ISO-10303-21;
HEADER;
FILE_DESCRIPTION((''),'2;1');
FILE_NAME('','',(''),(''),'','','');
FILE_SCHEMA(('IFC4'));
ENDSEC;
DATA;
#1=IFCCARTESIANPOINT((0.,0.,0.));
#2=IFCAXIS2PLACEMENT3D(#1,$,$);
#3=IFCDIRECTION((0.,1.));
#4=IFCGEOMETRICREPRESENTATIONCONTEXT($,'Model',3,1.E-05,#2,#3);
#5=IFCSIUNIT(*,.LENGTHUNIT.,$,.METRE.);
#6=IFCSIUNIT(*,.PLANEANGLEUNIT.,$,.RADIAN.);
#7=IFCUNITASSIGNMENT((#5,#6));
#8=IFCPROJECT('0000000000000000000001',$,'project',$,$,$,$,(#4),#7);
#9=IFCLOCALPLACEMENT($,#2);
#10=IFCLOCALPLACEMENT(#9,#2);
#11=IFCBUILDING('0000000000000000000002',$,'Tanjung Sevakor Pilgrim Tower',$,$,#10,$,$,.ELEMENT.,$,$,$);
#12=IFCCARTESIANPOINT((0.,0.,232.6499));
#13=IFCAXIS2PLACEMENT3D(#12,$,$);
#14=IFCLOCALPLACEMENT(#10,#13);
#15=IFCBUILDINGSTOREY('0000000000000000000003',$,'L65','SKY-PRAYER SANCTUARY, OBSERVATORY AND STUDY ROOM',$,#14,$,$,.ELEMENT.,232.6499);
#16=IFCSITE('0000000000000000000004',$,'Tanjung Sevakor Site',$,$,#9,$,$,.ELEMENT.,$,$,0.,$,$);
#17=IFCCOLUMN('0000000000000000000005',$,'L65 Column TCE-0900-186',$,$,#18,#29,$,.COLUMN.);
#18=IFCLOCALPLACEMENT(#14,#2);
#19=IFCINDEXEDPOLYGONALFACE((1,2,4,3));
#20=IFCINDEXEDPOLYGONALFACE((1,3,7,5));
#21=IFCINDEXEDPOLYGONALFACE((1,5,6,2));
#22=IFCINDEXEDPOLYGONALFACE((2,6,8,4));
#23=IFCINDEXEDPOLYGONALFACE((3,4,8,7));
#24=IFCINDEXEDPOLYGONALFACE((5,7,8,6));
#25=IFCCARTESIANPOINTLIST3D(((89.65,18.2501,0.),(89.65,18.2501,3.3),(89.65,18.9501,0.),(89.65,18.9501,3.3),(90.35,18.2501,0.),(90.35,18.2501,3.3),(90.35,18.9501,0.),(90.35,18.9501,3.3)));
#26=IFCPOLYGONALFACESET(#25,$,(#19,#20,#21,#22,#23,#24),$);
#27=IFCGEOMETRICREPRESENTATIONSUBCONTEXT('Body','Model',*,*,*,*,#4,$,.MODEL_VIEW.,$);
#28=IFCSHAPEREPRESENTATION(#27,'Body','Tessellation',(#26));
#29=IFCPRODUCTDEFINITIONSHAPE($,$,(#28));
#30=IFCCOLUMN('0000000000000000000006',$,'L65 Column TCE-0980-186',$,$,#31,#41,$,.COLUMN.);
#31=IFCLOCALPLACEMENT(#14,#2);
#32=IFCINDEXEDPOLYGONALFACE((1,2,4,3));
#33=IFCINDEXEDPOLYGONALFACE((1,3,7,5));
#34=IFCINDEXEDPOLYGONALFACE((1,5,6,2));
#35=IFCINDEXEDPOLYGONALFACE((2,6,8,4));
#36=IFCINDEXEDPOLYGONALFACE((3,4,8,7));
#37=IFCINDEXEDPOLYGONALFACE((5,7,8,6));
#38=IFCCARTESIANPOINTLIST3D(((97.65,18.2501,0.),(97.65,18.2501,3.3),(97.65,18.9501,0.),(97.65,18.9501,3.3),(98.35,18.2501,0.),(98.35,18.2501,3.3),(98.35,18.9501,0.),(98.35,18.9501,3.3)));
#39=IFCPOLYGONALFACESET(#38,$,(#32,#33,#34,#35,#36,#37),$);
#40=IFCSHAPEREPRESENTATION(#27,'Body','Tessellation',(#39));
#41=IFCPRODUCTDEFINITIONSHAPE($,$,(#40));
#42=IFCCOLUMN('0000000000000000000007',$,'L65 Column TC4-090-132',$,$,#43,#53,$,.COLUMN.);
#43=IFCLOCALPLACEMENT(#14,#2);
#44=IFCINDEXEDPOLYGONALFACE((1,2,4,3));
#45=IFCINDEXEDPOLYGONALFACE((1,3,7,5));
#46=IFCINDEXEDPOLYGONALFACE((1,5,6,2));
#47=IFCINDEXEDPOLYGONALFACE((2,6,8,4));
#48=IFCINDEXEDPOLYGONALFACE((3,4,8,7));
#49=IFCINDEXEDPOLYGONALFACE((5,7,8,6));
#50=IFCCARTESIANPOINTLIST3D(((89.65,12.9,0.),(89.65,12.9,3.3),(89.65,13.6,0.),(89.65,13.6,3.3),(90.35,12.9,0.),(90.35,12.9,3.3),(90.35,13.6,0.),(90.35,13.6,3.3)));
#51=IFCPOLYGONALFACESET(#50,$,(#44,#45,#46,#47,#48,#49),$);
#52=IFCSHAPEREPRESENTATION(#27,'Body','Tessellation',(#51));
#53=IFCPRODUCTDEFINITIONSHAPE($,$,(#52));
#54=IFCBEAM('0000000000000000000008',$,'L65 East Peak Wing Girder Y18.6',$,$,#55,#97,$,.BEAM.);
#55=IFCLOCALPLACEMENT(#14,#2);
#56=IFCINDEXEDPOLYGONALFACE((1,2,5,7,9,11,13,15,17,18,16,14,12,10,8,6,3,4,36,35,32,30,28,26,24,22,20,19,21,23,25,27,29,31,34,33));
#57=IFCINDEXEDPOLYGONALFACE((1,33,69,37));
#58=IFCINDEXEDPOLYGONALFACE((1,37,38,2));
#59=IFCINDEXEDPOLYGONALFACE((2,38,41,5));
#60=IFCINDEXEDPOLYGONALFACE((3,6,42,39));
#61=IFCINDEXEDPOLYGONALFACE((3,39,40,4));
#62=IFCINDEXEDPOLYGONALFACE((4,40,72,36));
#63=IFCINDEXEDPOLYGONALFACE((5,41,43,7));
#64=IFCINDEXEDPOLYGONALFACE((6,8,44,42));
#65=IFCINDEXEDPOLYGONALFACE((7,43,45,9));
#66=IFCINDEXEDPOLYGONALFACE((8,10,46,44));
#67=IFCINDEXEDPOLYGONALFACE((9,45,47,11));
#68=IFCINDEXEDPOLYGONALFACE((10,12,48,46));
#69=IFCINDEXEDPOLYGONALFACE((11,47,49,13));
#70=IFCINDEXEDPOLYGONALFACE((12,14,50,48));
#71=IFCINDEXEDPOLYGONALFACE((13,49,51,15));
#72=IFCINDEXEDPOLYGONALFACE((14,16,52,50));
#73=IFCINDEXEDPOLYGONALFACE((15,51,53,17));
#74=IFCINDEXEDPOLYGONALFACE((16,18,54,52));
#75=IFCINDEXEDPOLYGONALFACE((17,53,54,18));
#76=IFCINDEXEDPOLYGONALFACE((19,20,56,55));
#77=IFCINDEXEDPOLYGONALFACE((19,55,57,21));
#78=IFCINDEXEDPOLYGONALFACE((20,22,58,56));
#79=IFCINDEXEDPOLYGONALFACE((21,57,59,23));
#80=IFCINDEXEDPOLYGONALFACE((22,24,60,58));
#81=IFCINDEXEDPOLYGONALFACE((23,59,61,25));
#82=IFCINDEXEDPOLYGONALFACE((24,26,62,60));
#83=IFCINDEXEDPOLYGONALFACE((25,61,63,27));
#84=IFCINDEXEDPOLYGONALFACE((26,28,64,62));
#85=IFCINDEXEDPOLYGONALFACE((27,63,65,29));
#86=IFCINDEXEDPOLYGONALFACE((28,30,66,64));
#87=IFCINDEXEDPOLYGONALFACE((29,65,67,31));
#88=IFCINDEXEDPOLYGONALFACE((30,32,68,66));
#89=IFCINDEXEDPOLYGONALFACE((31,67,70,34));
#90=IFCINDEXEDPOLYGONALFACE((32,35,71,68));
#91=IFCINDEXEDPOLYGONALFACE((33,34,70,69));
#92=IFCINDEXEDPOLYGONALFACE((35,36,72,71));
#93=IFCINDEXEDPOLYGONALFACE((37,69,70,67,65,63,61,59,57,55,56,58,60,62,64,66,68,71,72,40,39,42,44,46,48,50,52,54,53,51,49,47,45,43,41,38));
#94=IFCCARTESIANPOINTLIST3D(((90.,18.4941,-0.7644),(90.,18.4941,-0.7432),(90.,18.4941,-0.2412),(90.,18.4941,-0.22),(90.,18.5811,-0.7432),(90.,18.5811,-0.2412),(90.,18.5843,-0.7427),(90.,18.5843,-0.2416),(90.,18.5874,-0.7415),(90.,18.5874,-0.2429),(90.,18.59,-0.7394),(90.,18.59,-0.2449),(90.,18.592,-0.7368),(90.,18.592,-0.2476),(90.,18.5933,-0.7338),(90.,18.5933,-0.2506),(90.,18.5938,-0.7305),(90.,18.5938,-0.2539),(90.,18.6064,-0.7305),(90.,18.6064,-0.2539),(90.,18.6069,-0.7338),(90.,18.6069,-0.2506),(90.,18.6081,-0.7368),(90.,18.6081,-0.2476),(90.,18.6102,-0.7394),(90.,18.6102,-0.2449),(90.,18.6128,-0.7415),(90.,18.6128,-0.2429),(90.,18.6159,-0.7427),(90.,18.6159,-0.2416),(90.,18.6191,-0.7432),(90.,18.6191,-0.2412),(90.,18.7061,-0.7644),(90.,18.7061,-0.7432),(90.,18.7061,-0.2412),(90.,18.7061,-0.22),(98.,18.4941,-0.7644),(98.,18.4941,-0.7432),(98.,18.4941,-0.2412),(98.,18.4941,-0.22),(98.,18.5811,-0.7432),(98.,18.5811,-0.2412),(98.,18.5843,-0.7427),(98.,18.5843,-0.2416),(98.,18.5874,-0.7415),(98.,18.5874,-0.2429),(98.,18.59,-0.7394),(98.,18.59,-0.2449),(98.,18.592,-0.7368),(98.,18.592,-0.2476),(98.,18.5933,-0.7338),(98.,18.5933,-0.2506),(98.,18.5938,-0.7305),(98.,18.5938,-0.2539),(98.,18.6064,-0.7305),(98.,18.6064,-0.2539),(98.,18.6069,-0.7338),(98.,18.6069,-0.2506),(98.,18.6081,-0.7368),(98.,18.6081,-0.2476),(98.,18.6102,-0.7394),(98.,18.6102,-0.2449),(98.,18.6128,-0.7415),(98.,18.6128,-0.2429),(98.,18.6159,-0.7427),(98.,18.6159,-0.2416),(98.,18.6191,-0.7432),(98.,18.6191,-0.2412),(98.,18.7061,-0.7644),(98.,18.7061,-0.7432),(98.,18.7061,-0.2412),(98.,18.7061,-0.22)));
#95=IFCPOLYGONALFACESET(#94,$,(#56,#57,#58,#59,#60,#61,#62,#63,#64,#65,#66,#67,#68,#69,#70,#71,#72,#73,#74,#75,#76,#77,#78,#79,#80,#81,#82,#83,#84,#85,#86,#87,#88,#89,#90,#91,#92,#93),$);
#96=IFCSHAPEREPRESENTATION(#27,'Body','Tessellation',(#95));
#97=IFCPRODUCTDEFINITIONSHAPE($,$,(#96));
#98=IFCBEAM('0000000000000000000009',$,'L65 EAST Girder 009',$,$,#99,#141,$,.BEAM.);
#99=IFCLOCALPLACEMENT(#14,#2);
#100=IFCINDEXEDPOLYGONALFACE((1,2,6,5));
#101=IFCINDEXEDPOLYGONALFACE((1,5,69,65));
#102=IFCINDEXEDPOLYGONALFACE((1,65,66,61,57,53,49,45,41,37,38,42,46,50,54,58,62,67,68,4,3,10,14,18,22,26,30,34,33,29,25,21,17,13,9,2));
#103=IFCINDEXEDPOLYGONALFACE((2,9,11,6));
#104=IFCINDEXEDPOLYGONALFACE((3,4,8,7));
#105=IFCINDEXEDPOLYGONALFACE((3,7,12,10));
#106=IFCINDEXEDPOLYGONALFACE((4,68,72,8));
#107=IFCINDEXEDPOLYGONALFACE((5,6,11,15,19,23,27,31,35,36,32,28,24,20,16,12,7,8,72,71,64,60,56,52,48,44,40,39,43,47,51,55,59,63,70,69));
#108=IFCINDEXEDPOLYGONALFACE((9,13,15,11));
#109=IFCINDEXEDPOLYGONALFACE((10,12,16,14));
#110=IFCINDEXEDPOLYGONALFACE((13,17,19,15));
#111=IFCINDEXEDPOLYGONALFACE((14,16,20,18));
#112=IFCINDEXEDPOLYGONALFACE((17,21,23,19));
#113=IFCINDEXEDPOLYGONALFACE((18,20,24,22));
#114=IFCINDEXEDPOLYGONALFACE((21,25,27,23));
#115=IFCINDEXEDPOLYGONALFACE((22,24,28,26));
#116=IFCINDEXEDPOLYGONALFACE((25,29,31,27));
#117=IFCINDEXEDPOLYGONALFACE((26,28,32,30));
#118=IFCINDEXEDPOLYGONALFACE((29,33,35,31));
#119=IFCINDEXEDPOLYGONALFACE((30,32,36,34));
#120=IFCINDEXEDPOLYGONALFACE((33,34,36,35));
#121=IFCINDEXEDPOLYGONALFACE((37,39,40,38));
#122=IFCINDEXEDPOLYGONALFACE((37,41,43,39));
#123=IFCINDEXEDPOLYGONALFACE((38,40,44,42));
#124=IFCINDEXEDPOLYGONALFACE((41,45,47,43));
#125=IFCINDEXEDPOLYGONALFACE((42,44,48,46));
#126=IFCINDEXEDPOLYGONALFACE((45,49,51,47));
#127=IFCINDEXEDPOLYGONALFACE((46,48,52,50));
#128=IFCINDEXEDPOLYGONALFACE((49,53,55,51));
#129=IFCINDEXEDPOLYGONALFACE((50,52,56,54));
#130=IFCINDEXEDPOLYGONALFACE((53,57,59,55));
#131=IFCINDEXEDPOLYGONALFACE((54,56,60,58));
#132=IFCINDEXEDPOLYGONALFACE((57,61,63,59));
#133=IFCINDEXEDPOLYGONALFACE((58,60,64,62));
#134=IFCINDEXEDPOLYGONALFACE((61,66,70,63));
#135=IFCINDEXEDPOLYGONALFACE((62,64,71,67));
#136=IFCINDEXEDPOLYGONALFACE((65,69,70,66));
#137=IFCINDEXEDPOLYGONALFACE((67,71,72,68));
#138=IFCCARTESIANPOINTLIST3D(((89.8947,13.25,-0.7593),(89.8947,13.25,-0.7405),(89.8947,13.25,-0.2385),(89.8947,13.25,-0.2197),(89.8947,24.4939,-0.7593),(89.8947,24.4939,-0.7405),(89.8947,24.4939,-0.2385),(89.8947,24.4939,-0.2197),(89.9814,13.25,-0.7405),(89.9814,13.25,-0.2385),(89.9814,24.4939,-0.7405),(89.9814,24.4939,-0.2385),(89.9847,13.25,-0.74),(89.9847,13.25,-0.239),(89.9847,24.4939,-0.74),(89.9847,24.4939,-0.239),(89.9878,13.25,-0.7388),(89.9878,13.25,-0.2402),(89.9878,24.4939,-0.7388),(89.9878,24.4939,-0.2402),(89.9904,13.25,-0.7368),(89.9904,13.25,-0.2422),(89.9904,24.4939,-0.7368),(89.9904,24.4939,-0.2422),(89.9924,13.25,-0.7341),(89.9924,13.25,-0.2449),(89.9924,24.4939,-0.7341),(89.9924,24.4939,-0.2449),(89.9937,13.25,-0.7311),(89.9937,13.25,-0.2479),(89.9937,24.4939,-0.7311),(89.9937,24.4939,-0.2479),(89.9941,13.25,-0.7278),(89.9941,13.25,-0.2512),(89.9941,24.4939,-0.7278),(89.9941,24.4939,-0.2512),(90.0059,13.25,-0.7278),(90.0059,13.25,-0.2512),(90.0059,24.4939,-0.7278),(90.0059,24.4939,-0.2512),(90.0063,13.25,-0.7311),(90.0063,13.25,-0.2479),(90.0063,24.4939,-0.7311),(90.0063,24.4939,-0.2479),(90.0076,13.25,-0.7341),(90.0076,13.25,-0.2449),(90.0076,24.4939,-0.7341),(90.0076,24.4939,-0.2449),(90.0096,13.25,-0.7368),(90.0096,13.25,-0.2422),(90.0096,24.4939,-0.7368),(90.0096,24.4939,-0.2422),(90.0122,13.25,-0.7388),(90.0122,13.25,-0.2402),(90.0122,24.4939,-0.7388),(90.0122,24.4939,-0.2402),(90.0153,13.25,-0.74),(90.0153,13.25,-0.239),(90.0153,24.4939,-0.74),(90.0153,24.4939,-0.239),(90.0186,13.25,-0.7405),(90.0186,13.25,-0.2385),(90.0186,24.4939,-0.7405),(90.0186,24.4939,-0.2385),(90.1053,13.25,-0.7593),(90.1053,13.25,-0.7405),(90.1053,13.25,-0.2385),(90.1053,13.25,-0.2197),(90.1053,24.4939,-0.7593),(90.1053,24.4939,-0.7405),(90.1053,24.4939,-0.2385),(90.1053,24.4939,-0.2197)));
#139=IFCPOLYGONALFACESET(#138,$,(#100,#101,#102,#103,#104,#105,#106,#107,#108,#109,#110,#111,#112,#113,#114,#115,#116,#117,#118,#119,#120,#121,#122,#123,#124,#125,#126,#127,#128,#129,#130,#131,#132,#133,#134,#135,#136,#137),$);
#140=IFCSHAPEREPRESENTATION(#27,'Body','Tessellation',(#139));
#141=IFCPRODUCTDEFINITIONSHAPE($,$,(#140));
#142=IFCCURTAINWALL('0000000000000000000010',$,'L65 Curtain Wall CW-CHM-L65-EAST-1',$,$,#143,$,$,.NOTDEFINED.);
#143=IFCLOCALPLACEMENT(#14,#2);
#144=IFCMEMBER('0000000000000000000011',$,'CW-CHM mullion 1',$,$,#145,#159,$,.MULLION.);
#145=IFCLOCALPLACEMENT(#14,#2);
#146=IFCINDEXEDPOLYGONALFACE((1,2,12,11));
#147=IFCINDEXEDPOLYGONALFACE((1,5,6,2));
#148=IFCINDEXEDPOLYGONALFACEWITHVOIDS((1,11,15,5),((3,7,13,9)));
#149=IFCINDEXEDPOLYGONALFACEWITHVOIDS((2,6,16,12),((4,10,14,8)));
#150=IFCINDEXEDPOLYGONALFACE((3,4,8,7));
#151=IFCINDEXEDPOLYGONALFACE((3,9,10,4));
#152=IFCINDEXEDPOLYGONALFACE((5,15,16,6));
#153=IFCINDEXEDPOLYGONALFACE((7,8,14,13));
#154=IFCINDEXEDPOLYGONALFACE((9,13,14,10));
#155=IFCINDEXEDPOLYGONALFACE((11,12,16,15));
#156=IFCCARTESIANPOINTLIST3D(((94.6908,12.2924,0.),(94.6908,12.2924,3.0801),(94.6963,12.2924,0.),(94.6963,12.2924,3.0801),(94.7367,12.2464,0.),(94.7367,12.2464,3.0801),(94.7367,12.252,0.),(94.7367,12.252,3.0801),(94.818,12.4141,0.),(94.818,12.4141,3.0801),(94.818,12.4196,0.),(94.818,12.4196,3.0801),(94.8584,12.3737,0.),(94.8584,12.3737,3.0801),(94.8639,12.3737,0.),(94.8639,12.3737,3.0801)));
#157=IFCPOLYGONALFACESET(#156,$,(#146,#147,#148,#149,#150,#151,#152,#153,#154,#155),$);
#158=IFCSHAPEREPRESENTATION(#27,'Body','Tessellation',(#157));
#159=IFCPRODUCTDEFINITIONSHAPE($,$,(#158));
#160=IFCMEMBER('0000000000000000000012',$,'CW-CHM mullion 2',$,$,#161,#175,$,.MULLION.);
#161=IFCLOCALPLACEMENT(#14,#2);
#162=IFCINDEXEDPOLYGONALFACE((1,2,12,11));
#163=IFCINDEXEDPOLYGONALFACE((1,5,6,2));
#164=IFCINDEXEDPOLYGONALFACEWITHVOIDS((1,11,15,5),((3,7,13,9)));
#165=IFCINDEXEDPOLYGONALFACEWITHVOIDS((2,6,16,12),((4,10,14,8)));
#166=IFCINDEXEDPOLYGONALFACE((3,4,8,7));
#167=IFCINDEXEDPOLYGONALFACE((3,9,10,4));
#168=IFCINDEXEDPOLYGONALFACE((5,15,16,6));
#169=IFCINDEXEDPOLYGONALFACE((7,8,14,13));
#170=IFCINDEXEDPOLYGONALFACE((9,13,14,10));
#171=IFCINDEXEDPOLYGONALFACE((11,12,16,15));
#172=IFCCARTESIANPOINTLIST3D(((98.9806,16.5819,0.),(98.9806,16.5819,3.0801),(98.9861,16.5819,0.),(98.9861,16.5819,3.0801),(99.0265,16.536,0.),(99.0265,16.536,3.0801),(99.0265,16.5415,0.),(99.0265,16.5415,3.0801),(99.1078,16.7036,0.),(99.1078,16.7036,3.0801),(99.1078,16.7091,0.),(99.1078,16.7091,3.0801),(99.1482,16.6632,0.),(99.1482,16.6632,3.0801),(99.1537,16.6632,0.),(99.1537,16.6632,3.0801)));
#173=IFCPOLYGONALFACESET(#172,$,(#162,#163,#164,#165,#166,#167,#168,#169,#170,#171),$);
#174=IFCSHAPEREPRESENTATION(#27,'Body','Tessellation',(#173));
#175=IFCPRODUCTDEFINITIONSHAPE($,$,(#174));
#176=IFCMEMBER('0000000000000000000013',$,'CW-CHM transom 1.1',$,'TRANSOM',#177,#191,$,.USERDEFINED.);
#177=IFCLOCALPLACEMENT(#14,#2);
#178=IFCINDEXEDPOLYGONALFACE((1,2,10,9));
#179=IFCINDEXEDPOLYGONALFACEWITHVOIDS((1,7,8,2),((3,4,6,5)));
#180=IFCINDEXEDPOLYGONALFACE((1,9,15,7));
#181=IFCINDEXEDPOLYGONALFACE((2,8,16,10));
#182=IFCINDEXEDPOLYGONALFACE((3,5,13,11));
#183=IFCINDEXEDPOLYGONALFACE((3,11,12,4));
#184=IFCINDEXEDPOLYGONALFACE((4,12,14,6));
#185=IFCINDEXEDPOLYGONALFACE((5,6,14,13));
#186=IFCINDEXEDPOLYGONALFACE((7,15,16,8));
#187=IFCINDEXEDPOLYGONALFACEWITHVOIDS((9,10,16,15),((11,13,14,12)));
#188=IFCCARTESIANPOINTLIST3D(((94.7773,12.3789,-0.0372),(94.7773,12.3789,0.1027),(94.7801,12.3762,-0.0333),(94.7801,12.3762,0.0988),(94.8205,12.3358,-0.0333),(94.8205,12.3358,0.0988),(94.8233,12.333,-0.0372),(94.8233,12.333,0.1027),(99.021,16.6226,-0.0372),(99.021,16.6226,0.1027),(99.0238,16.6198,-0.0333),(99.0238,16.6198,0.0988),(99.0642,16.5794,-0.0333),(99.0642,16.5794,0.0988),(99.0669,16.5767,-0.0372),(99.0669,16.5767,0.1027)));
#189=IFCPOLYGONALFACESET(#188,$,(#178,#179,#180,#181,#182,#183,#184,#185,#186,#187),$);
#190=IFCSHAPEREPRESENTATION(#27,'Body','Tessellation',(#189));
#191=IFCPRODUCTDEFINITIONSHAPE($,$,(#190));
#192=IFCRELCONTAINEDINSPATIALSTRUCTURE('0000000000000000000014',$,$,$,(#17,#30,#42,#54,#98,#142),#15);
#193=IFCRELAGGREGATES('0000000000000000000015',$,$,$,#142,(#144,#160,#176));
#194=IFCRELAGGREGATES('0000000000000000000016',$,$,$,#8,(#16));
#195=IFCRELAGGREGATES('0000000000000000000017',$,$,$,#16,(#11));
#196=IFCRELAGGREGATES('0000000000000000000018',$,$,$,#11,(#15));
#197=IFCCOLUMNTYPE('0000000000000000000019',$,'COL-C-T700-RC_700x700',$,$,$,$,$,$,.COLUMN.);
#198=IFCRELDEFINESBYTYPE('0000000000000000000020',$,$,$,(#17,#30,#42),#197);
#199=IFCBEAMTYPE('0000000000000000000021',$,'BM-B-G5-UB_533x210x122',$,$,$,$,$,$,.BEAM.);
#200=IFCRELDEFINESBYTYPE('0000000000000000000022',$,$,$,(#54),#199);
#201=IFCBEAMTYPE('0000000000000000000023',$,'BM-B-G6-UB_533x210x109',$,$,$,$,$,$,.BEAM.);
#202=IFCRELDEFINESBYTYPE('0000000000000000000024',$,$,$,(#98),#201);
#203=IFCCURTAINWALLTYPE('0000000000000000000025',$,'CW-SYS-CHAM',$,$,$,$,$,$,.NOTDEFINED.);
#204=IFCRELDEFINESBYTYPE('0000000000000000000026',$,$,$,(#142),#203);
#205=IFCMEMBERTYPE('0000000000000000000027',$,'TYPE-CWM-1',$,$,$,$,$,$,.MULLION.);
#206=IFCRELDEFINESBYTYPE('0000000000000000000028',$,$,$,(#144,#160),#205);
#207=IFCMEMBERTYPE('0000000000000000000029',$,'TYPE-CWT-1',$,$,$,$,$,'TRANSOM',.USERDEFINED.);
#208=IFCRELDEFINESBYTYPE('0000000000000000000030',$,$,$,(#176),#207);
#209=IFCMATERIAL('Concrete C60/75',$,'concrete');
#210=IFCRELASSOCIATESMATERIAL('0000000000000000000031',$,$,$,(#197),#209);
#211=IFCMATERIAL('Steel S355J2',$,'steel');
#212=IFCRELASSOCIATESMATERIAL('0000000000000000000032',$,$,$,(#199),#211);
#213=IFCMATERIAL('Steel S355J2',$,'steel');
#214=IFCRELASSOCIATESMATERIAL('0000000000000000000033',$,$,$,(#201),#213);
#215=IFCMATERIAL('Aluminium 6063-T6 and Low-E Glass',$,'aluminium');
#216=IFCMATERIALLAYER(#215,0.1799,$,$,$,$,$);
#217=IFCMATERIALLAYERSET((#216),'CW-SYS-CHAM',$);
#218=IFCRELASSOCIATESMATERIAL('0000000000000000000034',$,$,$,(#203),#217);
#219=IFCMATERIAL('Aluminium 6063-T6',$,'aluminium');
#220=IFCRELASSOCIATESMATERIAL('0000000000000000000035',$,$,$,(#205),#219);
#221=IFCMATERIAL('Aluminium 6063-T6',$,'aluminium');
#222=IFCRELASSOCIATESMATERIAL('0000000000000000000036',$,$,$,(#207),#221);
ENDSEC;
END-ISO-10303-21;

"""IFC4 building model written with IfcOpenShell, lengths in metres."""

from ifc_helpers import new_model, si_unit, direction, frame, origin, origin_2d, place, context, subcontext, project, spatial, rectangle, hollow_rectangle, i_section, extrude, material, layer, layer_set, material_profile, profile_set, type_object, element, aggregate, save


model = new_model("IFC4")

# Units and contexts
model_context = context("Model", 3, precision=1e-05, world=origin(), true_north=direction((0.0, 1.0)))
body_context = subcontext(model_context, "Body", "Model", "MODEL_VIEW")
ifc_project = project(units=[si_unit("LENGTHUNIT", "METRE"), si_unit("PLANEANGLEUNIT", "RADIAN")], contexts=[model_context])

# Site, building, storey
site_placement = place(None, origin())
site = spatial("IfcSite", under=ifc_project, at=site_placement, Name="Tanjung Sevakor Site", CompositionType="ELEMENT", RefElevation=0.0)
building_placement = place(site_placement, origin())
building = spatial("IfcBuilding", under=site, at=building_placement, Name="Tanjung Sevakor Pilgrim Tower", CompositionType="ELEMENT")
storey_placement = place(building_placement, frame((0.0, 0.0, 232.6499)))
storey = spatial("IfcBuildingStorey", under=building, at=storey_placement, Name="L65", Description="SKY-PRAYER SANCTUARY, OBSERVATORY AND STUDY ROOM", CompositionType="ELEMENT", Elevation=232.6499)

# Columns
ifc_material_1 = material(Name="Concrete C60/75", Category="concrete")
ifc_material_profile_1 = material_profile(ifc_material_1, rectangle(XDim=0.7, YDim=0.7, at=origin_2d()))
ifc_profile_set_1 = profile_set([ifc_material_profile_1], Name="Concrete C60/75")
column_type = type_object("IfcColumnType", Name="COL-C-T700-RC_700x700", PredefinedType="COLUMN", material=ifc_profile_set_1)
for number, where, z_axis, x_axis, name in (
    (1, (90.0, 18.6001, 0.0), (0.0, 0.0, 1.0), (1.0, 0.0, 0.0), "L65 Column TCE-0900-186"),
    (2, (98.0, 18.6001, 0.0), (0.0, 0.0, 1.0), (1.0, 0.0, 0.0), "L65 Column TCE-0980-186"),
    (3, (90.0, 13.25, 0.0), (0.0, 0.0, 1.0), (1.0, 0.0, 0.0), "L65 Column TC4-090-132"),
):
    element("IfcColumn", number, at=place(storey_placement, frame(where, z_axis=z_axis, x_axis=x_axis)), inside=storey, type_object=column_type, Name=name, PredefinedType="COLUMN", context=body_context, shape_type="SweptSolid", body=[
        extrude(rectangle(XDim=0.7, YDim=0.7, at=origin_2d()), origin(), (0.0, 0.0, 1.0), 3.3),
    ])

# Beams
ifc_material_2 = material(Name="Steel S355J2", Category="steel")
ifc_material_profile_2 = material_profile(ifc_material_2, i_section(OverallWidth=0.2119, OverallDepth=0.5444, WebThickness=0.0127, FlangeThickness=0.0212, FilletRadius=0.0127, at=origin_2d()))
ifc_profile_set_2 = profile_set([ifc_material_profile_2], Name="Steel S355J2")
beam_type_1 = type_object("IfcBeamType", Name="BM-B-G5-UB_533x210x122", PredefinedType="BEAM", material=ifc_profile_set_2)
beam_1_placement = place(storey_placement, frame((90.0, 18.6001, -0.4922), z_axis=(1.0, 0.0, 0.0), x_axis=(0.0, 1.0, 0.0)))
element("IfcBeam", 4, at=beam_1_placement, inside=storey, type_object=beam_type_1, Name="L65 East Peak Wing Girder Y18.6", PredefinedType="BEAM", context=body_context, shape_type="SweptSolid", body=[
    extrude(i_section(OverallWidth=0.2119, OverallDepth=0.5444, WebThickness=0.0127, FlangeThickness=0.0212, FilletRadius=0.0127, at=origin_2d()), origin(), (0.0, 0.0, 1.0), 8.0),
])
ifc_material_3 = material(Name="Steel S355J2", Category="steel")
ifc_material_profile_3 = material_profile(ifc_material_3, i_section(OverallWidth=0.2107, OverallDepth=0.5396, WebThickness=0.0117, FlangeThickness=0.0188, FilletRadius=0.0127, at=origin_2d()))
ifc_profile_set_3 = profile_set([ifc_material_profile_3], Name="Steel S355J2")
beam_type_2 = type_object("IfcBeamType", Name="BM-B-G6-UB_533x210x109", PredefinedType="BEAM", material=ifc_profile_set_3)
beam_2_placement = place(storey_placement, frame((90.0, 13.25, -0.4895), z_axis=(0.0, 1.0, 0.0), x_axis=(-1.0, 0.0, 0.0)))
element("IfcBeam", 5, at=beam_2_placement, inside=storey, type_object=beam_type_2, Name="L65 EAST Girder 009", PredefinedType="BEAM", context=body_context, shape_type="SweptSolid", body=[
    extrude(i_section(OverallWidth=0.2107, OverallDepth=0.5396, WebThickness=0.0117, FlangeThickness=0.0188, FilletRadius=0.0127, at=origin_2d()), origin(), (0.0, 0.0, 1.0), 11.2439),
])

# Curtain wall, members
ifc_material_4 = material(Name="Aluminium 6063-T6 and Low-E Glass", Category="aluminium")
ifc_layer_1 = layer(ifc_material_4, 0.1799)
ifc_layer_set_1 = layer_set([ifc_layer_1], Name="CW-SYS-CHAM")
curtain_wall_type = type_object("IfcCurtainWallType", Name="CW-SYS-CHAM", PredefinedType="NOTDEFINED", material=ifc_layer_set_1)
curtain_wall_placement = place(storey_placement, origin())
curtain_wall = element("IfcCurtainWall", 6, at=curtain_wall_placement, inside=storey, type_object=curtain_wall_type, Name="L65 Curtain Wall CW-CHM-L65-EAST-1", PredefinedType="NOTDEFINED")
ifc_material_5 = material(Name="Aluminium 6063-T6", Category="aluminium")
ifc_material_profile_4 = material_profile(ifc_material_5, hollow_rectangle(XDim=0.0649, YDim=0.1799, WallThickness=0.0039, at=origin_2d()))
ifc_profile_set_4 = profile_set([ifc_material_profile_4], Name="Aluminium 6063-T6")
member_type_1 = type_object("IfcMemberType", Name="TYPE-CWM-1", PredefinedType="MULLION", material=ifc_profile_set_4)
member_1_placement = place(storey_placement, frame((94.7773, 12.333, 0.0), z_axis=(0.0, 0.0, 1.0), x_axis=(-0.707107, 0.707107, 0.0)))
member_1 = element("IfcMember", 7, at=member_1_placement, type_object=member_type_1, Name="CW-CHM mullion 1", PredefinedType="MULLION", context=body_context, shape_type="SweptSolid", body=[
    extrude(hollow_rectangle(XDim=0.0649, YDim=0.1799, WallThickness=0.0039, at=origin_2d()), origin(), (0.0, 0.0, 1.0), 3.0801),
])
member_2_placement = place(storey_placement, frame((99.0671, 16.6226, 0.0), z_axis=(0.0, 0.0, 1.0), x_axis=(-0.707107, 0.707107, 0.0)))
member_2 = element("IfcMember", 8, at=member_2_placement, type_object=member_type_1, Name="CW-CHM mullion 2", PredefinedType="MULLION", context=body_context, shape_type="SweptSolid", body=[
    extrude(hollow_rectangle(XDim=0.0649, YDim=0.1799, WallThickness=0.0039, at=origin_2d()), origin(), (0.0, 0.0, 1.0), 3.0801),
])
ifc_material_6 = material(Name="Aluminium 6063-T6", Category="aluminium")
ifc_material_profile_5 = material_profile(ifc_material_6, hollow_rectangle(XDim=0.0649, YDim=0.1399, WallThickness=0.0039, at=origin_2d()))
ifc_profile_set_5 = profile_set([ifc_material_profile_5], Name="Aluminium 6063-T6")
member_type_2 = type_object("IfcMemberType", Name="TYPE-CWT-1", ElementType="TRANSOM", PredefinedType="USERDEFINED", material=ifc_profile_set_5)
member_3_placement = place(storey_placement, frame((94.8003, 12.356, 0.0327), z_axis=(0.707107, 0.707107, 0.0), x_axis=(-0.707107, 0.707107, 0.0)))
member_3 = element("IfcMember", 9, at=member_3_placement, type_object=member_type_2, Name="CW-CHM transom 1.1", ObjectType="TRANSOM", PredefinedType="USERDEFINED", context=body_context, shape_type="SweptSolid", body=[
    extrude(hollow_rectangle(XDim=0.0649, YDim=0.1399, WallThickness=0.0039, at=origin_2d()), origin(), (0.0, 0.0, 1.0), 6.0015),
])
aggregate(curtain_wall, [member_1, member_2, member_3])

save(model, "model.ifc")
